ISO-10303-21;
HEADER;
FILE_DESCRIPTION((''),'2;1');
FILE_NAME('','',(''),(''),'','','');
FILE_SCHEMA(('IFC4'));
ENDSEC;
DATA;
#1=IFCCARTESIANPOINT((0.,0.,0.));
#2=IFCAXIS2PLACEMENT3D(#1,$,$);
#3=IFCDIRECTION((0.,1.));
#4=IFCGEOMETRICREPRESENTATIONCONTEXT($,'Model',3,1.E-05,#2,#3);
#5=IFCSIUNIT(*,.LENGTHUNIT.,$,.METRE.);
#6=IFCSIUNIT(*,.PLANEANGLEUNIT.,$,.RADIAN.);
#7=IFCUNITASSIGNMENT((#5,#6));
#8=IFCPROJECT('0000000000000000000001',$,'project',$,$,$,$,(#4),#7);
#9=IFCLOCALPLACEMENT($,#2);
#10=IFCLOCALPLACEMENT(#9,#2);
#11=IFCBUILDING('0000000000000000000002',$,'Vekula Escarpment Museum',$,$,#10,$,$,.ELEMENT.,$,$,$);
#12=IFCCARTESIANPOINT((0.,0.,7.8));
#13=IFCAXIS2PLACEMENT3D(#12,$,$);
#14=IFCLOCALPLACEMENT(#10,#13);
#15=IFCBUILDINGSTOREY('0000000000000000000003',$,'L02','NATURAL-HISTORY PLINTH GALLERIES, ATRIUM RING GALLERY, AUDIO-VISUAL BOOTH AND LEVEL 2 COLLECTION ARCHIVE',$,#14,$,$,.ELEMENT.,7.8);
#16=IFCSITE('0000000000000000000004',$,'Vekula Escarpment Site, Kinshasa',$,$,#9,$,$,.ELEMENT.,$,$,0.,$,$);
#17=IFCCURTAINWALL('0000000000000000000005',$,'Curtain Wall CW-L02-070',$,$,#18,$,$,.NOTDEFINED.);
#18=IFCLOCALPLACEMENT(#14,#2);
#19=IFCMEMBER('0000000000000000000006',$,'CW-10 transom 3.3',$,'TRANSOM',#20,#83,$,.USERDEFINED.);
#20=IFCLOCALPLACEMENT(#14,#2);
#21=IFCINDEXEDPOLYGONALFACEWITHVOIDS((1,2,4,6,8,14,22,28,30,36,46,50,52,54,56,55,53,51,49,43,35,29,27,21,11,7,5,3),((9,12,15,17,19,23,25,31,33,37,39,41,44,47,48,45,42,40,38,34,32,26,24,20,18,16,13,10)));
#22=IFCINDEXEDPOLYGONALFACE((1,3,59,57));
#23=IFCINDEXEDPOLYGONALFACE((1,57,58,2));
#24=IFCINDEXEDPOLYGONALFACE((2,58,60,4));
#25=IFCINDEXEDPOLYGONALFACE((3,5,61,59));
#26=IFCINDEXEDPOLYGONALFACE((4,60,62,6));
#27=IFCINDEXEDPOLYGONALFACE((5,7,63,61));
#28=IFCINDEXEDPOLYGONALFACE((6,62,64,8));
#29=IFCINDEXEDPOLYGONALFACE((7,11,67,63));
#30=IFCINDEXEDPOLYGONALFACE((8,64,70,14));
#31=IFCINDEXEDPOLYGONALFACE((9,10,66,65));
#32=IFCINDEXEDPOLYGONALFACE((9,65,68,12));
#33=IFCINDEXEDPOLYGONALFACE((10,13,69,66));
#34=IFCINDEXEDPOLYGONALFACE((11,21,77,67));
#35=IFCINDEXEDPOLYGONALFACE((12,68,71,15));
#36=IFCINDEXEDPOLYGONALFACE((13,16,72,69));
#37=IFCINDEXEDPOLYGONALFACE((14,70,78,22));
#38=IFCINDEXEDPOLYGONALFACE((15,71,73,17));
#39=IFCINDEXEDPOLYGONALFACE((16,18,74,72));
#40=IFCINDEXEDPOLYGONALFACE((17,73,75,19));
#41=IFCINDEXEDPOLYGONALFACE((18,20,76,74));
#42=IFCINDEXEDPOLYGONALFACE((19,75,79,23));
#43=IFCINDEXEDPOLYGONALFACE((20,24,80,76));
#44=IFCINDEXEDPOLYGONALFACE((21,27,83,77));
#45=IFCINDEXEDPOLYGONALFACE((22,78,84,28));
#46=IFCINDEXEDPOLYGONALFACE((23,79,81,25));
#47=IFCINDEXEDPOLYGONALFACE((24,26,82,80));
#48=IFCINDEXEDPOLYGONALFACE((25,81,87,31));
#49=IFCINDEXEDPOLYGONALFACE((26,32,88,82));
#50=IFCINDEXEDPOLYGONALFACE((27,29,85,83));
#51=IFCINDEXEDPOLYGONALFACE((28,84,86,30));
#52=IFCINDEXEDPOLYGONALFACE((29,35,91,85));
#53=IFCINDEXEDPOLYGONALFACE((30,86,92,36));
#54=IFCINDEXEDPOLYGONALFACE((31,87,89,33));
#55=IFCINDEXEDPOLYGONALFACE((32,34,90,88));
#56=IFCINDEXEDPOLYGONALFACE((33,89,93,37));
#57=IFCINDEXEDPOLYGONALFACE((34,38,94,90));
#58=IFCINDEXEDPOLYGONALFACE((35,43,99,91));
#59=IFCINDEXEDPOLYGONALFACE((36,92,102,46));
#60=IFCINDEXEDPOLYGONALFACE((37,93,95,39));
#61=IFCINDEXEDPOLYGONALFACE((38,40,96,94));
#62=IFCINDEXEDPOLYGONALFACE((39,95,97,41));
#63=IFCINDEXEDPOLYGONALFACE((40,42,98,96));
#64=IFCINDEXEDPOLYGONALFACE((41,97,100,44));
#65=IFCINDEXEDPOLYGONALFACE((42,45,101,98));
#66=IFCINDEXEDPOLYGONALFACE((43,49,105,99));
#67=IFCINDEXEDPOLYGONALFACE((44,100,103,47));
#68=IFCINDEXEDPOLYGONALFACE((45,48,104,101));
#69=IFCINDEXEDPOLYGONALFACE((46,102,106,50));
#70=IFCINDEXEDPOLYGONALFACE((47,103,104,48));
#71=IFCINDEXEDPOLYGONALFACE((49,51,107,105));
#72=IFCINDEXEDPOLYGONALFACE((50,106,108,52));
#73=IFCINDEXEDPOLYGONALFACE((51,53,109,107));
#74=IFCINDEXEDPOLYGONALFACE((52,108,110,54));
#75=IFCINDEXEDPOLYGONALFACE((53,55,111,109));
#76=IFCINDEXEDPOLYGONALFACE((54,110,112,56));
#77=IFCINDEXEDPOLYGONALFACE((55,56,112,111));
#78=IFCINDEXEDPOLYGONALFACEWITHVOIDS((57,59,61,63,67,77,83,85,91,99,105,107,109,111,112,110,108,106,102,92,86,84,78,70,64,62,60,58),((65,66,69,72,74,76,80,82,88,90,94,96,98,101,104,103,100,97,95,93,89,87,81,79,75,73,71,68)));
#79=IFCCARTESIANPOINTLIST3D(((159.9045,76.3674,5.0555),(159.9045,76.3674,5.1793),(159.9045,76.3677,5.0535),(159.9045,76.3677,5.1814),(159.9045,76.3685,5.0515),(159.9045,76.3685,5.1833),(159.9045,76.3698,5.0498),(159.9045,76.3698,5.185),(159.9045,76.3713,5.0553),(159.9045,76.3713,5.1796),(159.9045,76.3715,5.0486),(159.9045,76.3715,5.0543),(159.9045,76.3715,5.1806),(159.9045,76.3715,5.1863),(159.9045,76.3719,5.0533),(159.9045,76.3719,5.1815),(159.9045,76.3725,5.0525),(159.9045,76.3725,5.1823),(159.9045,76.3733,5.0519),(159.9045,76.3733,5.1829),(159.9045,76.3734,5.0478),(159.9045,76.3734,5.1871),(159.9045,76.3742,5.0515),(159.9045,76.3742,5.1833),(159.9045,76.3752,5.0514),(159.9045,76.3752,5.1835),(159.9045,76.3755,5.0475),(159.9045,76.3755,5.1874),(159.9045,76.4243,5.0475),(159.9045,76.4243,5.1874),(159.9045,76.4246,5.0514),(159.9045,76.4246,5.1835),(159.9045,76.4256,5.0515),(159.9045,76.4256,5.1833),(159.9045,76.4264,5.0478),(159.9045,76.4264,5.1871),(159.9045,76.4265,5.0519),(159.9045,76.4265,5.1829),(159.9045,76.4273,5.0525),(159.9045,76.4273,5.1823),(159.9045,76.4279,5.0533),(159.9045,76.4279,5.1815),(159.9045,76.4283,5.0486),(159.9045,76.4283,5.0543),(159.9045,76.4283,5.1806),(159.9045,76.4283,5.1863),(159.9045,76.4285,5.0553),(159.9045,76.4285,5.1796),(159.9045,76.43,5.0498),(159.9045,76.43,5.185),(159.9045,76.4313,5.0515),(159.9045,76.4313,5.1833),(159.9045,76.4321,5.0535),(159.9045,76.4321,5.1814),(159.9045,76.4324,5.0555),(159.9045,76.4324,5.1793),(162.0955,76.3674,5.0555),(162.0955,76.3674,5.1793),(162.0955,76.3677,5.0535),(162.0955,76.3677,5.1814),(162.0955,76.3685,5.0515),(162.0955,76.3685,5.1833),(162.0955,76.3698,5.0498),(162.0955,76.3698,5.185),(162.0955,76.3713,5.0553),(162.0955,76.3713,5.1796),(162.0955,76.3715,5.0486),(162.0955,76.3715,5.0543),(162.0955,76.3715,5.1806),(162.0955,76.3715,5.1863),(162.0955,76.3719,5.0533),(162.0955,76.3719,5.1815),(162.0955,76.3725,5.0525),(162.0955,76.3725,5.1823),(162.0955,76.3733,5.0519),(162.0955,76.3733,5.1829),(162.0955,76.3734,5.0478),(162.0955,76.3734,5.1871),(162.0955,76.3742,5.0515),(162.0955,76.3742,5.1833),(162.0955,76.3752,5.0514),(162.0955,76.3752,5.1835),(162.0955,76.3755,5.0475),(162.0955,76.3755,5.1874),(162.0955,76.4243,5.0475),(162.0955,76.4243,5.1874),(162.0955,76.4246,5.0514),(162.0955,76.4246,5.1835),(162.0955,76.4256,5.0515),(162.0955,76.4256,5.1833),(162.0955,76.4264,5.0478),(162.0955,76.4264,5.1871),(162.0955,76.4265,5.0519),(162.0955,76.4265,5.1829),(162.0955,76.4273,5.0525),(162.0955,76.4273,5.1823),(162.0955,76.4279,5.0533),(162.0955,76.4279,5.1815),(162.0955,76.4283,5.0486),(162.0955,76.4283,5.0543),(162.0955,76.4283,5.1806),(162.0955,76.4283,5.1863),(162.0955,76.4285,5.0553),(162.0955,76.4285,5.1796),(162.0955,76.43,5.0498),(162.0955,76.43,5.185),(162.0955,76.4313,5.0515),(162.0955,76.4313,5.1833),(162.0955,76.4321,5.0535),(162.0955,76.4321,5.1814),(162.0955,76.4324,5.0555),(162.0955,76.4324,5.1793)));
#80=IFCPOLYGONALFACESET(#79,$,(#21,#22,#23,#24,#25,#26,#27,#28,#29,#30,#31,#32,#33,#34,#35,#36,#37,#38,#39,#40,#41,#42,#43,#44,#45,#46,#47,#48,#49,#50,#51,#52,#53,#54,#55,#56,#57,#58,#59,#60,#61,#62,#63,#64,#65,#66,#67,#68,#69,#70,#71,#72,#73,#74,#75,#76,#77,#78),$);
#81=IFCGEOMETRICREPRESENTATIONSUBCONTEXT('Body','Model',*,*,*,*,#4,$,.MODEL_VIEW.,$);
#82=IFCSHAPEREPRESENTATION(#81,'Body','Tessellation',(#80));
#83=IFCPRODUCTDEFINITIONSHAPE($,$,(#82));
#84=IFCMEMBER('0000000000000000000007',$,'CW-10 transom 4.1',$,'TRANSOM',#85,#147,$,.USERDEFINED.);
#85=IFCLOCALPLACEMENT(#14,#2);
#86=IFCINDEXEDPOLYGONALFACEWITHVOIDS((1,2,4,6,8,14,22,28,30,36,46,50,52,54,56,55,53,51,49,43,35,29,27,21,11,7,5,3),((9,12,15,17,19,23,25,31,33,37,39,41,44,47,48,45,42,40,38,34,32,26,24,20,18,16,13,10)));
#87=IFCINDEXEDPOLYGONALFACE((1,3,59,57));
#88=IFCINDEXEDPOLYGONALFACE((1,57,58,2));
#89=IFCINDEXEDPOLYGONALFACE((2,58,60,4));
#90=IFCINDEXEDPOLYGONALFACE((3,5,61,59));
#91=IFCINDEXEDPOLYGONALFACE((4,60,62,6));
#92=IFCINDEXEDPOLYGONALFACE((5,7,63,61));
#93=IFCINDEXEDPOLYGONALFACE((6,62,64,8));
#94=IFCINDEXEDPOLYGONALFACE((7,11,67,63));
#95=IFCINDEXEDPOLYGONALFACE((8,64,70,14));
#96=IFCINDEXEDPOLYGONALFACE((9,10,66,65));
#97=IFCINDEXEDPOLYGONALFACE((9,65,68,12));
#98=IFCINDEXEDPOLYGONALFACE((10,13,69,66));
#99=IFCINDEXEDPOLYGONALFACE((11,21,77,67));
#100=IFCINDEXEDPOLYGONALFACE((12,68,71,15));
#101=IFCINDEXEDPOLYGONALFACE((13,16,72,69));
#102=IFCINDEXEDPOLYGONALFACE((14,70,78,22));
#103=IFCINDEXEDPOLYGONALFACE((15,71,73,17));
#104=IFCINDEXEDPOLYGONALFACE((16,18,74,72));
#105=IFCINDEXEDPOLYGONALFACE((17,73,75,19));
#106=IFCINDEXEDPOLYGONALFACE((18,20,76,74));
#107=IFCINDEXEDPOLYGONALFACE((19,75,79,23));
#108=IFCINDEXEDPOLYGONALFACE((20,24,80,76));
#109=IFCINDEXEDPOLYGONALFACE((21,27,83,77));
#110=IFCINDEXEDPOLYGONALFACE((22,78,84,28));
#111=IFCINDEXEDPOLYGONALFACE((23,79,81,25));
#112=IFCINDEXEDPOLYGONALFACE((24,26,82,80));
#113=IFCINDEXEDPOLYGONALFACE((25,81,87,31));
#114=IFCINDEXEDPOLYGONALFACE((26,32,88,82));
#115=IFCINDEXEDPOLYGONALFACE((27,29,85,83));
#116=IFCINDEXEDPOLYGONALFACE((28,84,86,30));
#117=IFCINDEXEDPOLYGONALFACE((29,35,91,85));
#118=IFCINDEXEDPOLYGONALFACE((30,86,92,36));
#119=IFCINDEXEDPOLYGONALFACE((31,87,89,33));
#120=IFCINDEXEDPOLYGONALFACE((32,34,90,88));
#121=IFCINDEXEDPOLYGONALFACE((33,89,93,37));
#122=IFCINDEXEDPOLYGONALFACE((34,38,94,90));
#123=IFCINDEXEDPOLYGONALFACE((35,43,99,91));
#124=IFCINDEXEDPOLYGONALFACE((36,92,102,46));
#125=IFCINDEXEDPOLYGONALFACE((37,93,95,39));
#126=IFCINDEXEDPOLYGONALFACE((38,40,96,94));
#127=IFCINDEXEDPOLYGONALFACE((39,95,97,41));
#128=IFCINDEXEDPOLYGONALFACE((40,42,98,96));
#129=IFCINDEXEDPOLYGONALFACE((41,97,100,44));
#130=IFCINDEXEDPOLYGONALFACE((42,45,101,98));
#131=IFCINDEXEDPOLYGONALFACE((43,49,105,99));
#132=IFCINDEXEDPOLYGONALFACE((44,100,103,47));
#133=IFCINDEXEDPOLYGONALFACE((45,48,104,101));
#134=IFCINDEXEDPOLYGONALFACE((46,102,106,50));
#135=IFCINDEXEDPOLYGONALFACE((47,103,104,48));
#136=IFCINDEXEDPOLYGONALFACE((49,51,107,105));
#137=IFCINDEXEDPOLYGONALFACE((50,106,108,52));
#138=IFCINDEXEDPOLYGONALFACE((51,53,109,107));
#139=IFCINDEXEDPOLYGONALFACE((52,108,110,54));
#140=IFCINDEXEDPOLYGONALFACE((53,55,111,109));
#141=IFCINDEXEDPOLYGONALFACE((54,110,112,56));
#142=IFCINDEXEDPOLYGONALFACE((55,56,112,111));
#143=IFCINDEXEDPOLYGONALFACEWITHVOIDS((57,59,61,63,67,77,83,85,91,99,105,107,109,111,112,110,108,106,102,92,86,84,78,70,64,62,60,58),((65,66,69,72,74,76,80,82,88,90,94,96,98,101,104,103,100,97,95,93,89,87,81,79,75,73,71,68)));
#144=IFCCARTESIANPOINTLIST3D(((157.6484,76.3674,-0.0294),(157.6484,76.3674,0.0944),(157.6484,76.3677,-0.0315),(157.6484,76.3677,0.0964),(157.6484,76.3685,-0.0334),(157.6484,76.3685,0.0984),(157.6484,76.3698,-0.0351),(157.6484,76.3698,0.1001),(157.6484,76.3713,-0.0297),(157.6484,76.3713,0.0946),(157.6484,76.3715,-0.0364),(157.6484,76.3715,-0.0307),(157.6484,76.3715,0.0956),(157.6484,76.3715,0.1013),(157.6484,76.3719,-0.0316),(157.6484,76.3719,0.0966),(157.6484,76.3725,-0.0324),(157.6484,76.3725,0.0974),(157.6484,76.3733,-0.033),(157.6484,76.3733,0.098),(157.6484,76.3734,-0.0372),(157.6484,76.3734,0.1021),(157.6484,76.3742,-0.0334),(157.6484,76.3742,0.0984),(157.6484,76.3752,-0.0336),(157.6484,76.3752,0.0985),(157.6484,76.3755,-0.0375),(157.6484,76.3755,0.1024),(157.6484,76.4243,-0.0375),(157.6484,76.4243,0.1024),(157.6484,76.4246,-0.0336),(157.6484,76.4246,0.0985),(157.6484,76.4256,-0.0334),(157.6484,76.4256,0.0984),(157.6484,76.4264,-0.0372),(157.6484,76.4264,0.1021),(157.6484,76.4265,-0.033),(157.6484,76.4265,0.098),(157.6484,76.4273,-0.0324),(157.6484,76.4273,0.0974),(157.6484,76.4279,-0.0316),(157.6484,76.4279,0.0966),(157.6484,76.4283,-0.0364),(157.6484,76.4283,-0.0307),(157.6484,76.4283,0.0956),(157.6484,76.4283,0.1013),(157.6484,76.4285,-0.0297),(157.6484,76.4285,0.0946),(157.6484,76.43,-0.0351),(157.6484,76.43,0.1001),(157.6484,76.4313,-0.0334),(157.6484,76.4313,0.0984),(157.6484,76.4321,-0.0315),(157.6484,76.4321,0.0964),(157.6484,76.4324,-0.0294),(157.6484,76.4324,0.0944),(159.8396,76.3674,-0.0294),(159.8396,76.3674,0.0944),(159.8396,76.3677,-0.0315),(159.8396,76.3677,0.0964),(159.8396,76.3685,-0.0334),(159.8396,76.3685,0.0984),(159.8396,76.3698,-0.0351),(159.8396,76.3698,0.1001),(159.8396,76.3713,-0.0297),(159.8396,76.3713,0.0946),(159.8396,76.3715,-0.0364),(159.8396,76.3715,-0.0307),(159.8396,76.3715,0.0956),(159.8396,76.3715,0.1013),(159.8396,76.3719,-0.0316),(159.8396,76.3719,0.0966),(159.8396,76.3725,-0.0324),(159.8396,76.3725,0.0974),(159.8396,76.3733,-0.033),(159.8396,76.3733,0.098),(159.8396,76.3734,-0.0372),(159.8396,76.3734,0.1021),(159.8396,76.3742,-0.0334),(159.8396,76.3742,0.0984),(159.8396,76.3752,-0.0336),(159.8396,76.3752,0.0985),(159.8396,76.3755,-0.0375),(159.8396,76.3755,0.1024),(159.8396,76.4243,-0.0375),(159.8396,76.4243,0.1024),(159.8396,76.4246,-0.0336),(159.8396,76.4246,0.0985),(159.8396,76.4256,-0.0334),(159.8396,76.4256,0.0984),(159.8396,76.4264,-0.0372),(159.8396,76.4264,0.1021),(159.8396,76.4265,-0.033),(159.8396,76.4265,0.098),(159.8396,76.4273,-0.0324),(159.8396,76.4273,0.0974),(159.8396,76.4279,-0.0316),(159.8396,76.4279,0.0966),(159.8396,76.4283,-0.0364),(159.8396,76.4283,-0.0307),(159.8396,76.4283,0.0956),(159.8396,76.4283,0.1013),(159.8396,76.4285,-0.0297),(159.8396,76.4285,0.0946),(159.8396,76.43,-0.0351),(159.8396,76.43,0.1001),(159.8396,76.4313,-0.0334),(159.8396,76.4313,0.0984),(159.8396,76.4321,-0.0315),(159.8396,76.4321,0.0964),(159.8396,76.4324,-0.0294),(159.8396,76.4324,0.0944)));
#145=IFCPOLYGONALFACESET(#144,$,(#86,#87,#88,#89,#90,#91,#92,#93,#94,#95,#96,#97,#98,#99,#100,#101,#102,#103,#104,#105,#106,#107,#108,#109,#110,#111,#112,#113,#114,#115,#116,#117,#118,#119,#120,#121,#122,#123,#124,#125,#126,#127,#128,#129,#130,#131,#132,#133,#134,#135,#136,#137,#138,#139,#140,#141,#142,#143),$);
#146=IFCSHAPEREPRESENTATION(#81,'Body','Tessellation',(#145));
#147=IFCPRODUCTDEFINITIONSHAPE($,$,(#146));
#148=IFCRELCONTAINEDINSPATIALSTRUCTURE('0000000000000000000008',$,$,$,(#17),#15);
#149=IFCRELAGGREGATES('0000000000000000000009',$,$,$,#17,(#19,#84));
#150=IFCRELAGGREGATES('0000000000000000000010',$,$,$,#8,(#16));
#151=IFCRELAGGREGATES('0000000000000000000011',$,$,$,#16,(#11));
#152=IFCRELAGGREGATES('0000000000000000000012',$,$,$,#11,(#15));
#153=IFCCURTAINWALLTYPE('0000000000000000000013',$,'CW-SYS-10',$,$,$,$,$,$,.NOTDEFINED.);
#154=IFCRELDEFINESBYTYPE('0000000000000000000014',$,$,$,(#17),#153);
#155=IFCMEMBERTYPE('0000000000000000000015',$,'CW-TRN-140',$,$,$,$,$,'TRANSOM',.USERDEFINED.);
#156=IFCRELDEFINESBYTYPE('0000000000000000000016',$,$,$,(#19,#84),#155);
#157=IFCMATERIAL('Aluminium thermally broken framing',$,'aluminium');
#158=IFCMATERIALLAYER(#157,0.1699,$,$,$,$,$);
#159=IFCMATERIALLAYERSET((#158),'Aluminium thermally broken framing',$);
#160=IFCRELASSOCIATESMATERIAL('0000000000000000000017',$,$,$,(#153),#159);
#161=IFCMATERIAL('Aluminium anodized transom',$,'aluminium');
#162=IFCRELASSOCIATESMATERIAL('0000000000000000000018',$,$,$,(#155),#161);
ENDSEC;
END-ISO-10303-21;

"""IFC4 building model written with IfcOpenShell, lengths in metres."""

from ifc_helpers import new_model, si_unit, direction, frame, origin, origin_2d, place, context, subcontext, project, spatial, hollow_rectangle, extrude, material, layer, layer_set, material_profile, profile_set, type_object, element, aggregate, save


model = new_model("IFC4")

# Units and contexts
model_context = context("Model", 3, precision=1e-05, world=origin(), true_north=direction((0.0, 1.0)))
body_context = subcontext(model_context, "Body", "Model", "MODEL_VIEW")
ifc_project = project(units=[si_unit("LENGTHUNIT", "METRE"), si_unit("PLANEANGLEUNIT", "RADIAN")], contexts=[model_context])

# Site, building, storey
site_placement = place(None, origin())
site = spatial("IfcSite", under=ifc_project, at=site_placement, Name="Vekula Escarpment Site, Kinshasa", CompositionType="ELEMENT", RefElevation=0.0)
building_placement = place(site_placement, origin())
building = spatial("IfcBuilding", under=site, at=building_placement, Name="Vekula Escarpment Museum", CompositionType="ELEMENT")
storey_placement = place(building_placement, frame((0.0, 0.0, 7.8)))
storey = spatial("IfcBuildingStorey", under=building, at=storey_placement, Name="L02", Description="NATURAL-HISTORY PLINTH GALLERIES, ATRIUM RING GALLERY, AUDIO-VISUAL BOOTH AND LEVEL 2 COLLECTION ARCHIVE", CompositionType="ELEMENT", Elevation=7.8)

# Curtain wall, members
ifc_material_1 = material(Name="Aluminium thermally broken framing", Category="aluminium")
ifc_layer_1 = layer(ifc_material_1, 0.1699)
ifc_layer_set_1 = layer_set([ifc_layer_1], Name="Aluminium thermally broken framing")
curtain_wall_type = type_object("IfcCurtainWallType", Name="CW-SYS-10", PredefinedType="NOTDEFINED", material=ifc_layer_set_1)
curtain_wall_placement = place(storey_placement, origin())
curtain_wall = element("IfcCurtainWall", 1, at=curtain_wall_placement, inside=storey, type_object=curtain_wall_type, Name="Curtain Wall CW-L02-070", PredefinedType="NOTDEFINED")
ifc_material_2 = material(Name="Aluminium anodized transom", Category="aluminium")
ifc_material_profile_1 = material_profile(ifc_material_2, hollow_rectangle(XDim=0.0649, YDim=0.1399, WallThickness=0.0039, InnerFilletRadius=0.0039, OuterFilletRadius=0.0081, at=origin_2d()), Name="ALU 140x65x4")
ifc_profile_set_1 = profile_set([ifc_material_profile_1], Name="Aluminium anodized transom")
member_type_1 = type_object("IfcMemberType", Name="CW-TRN-140", ElementType="TRANSOM", PredefinedType="USERDEFINED", material=ifc_profile_set_1)
member_1_placement = place(storey_placement, frame((162.0955, 76.3999, 5.1174), z_axis=(-1.0, 0.0, 0.0), x_axis=(0.0, -1.0, 0.0)))
member_1 = element("IfcMember", 2, at=member_1_placement, type_object=member_type_1, Name="CW-10 transom 3.3", ObjectType="TRANSOM", PredefinedType="USERDEFINED", context=body_context, shape_type="SweptSolid", body=[
    extrude(hollow_rectangle(XDim=0.0649, YDim=0.1399, WallThickness=0.0039, InnerFilletRadius=0.0039, OuterFilletRadius=0.0081, at=origin_2d()), origin(), (0.0, 0.0, 1.0), 2.1909),
])
member_2_placement = place(storey_placement, frame((159.8396, 76.3999, 0.0325), z_axis=(-1.0, 0.0, 0.0), x_axis=(0.0, -1.0, 0.0)))
member_2 = element("IfcMember", 3, at=member_2_placement, type_object=member_type_1, Name="CW-10 transom 4.1", ObjectType="TRANSOM", PredefinedType="USERDEFINED", context=body_context, shape_type="SweptSolid", body=[
    extrude(hollow_rectangle(XDim=0.0649, YDim=0.1399, WallThickness=0.0039, InnerFilletRadius=0.0039, OuterFilletRadius=0.0081, at=origin_2d()), origin(), (0.0, 0.0, 1.0), 2.1912),
])
aggregate(curtain_wall, [member_1, member_2])

save(model, "model.ifc")
